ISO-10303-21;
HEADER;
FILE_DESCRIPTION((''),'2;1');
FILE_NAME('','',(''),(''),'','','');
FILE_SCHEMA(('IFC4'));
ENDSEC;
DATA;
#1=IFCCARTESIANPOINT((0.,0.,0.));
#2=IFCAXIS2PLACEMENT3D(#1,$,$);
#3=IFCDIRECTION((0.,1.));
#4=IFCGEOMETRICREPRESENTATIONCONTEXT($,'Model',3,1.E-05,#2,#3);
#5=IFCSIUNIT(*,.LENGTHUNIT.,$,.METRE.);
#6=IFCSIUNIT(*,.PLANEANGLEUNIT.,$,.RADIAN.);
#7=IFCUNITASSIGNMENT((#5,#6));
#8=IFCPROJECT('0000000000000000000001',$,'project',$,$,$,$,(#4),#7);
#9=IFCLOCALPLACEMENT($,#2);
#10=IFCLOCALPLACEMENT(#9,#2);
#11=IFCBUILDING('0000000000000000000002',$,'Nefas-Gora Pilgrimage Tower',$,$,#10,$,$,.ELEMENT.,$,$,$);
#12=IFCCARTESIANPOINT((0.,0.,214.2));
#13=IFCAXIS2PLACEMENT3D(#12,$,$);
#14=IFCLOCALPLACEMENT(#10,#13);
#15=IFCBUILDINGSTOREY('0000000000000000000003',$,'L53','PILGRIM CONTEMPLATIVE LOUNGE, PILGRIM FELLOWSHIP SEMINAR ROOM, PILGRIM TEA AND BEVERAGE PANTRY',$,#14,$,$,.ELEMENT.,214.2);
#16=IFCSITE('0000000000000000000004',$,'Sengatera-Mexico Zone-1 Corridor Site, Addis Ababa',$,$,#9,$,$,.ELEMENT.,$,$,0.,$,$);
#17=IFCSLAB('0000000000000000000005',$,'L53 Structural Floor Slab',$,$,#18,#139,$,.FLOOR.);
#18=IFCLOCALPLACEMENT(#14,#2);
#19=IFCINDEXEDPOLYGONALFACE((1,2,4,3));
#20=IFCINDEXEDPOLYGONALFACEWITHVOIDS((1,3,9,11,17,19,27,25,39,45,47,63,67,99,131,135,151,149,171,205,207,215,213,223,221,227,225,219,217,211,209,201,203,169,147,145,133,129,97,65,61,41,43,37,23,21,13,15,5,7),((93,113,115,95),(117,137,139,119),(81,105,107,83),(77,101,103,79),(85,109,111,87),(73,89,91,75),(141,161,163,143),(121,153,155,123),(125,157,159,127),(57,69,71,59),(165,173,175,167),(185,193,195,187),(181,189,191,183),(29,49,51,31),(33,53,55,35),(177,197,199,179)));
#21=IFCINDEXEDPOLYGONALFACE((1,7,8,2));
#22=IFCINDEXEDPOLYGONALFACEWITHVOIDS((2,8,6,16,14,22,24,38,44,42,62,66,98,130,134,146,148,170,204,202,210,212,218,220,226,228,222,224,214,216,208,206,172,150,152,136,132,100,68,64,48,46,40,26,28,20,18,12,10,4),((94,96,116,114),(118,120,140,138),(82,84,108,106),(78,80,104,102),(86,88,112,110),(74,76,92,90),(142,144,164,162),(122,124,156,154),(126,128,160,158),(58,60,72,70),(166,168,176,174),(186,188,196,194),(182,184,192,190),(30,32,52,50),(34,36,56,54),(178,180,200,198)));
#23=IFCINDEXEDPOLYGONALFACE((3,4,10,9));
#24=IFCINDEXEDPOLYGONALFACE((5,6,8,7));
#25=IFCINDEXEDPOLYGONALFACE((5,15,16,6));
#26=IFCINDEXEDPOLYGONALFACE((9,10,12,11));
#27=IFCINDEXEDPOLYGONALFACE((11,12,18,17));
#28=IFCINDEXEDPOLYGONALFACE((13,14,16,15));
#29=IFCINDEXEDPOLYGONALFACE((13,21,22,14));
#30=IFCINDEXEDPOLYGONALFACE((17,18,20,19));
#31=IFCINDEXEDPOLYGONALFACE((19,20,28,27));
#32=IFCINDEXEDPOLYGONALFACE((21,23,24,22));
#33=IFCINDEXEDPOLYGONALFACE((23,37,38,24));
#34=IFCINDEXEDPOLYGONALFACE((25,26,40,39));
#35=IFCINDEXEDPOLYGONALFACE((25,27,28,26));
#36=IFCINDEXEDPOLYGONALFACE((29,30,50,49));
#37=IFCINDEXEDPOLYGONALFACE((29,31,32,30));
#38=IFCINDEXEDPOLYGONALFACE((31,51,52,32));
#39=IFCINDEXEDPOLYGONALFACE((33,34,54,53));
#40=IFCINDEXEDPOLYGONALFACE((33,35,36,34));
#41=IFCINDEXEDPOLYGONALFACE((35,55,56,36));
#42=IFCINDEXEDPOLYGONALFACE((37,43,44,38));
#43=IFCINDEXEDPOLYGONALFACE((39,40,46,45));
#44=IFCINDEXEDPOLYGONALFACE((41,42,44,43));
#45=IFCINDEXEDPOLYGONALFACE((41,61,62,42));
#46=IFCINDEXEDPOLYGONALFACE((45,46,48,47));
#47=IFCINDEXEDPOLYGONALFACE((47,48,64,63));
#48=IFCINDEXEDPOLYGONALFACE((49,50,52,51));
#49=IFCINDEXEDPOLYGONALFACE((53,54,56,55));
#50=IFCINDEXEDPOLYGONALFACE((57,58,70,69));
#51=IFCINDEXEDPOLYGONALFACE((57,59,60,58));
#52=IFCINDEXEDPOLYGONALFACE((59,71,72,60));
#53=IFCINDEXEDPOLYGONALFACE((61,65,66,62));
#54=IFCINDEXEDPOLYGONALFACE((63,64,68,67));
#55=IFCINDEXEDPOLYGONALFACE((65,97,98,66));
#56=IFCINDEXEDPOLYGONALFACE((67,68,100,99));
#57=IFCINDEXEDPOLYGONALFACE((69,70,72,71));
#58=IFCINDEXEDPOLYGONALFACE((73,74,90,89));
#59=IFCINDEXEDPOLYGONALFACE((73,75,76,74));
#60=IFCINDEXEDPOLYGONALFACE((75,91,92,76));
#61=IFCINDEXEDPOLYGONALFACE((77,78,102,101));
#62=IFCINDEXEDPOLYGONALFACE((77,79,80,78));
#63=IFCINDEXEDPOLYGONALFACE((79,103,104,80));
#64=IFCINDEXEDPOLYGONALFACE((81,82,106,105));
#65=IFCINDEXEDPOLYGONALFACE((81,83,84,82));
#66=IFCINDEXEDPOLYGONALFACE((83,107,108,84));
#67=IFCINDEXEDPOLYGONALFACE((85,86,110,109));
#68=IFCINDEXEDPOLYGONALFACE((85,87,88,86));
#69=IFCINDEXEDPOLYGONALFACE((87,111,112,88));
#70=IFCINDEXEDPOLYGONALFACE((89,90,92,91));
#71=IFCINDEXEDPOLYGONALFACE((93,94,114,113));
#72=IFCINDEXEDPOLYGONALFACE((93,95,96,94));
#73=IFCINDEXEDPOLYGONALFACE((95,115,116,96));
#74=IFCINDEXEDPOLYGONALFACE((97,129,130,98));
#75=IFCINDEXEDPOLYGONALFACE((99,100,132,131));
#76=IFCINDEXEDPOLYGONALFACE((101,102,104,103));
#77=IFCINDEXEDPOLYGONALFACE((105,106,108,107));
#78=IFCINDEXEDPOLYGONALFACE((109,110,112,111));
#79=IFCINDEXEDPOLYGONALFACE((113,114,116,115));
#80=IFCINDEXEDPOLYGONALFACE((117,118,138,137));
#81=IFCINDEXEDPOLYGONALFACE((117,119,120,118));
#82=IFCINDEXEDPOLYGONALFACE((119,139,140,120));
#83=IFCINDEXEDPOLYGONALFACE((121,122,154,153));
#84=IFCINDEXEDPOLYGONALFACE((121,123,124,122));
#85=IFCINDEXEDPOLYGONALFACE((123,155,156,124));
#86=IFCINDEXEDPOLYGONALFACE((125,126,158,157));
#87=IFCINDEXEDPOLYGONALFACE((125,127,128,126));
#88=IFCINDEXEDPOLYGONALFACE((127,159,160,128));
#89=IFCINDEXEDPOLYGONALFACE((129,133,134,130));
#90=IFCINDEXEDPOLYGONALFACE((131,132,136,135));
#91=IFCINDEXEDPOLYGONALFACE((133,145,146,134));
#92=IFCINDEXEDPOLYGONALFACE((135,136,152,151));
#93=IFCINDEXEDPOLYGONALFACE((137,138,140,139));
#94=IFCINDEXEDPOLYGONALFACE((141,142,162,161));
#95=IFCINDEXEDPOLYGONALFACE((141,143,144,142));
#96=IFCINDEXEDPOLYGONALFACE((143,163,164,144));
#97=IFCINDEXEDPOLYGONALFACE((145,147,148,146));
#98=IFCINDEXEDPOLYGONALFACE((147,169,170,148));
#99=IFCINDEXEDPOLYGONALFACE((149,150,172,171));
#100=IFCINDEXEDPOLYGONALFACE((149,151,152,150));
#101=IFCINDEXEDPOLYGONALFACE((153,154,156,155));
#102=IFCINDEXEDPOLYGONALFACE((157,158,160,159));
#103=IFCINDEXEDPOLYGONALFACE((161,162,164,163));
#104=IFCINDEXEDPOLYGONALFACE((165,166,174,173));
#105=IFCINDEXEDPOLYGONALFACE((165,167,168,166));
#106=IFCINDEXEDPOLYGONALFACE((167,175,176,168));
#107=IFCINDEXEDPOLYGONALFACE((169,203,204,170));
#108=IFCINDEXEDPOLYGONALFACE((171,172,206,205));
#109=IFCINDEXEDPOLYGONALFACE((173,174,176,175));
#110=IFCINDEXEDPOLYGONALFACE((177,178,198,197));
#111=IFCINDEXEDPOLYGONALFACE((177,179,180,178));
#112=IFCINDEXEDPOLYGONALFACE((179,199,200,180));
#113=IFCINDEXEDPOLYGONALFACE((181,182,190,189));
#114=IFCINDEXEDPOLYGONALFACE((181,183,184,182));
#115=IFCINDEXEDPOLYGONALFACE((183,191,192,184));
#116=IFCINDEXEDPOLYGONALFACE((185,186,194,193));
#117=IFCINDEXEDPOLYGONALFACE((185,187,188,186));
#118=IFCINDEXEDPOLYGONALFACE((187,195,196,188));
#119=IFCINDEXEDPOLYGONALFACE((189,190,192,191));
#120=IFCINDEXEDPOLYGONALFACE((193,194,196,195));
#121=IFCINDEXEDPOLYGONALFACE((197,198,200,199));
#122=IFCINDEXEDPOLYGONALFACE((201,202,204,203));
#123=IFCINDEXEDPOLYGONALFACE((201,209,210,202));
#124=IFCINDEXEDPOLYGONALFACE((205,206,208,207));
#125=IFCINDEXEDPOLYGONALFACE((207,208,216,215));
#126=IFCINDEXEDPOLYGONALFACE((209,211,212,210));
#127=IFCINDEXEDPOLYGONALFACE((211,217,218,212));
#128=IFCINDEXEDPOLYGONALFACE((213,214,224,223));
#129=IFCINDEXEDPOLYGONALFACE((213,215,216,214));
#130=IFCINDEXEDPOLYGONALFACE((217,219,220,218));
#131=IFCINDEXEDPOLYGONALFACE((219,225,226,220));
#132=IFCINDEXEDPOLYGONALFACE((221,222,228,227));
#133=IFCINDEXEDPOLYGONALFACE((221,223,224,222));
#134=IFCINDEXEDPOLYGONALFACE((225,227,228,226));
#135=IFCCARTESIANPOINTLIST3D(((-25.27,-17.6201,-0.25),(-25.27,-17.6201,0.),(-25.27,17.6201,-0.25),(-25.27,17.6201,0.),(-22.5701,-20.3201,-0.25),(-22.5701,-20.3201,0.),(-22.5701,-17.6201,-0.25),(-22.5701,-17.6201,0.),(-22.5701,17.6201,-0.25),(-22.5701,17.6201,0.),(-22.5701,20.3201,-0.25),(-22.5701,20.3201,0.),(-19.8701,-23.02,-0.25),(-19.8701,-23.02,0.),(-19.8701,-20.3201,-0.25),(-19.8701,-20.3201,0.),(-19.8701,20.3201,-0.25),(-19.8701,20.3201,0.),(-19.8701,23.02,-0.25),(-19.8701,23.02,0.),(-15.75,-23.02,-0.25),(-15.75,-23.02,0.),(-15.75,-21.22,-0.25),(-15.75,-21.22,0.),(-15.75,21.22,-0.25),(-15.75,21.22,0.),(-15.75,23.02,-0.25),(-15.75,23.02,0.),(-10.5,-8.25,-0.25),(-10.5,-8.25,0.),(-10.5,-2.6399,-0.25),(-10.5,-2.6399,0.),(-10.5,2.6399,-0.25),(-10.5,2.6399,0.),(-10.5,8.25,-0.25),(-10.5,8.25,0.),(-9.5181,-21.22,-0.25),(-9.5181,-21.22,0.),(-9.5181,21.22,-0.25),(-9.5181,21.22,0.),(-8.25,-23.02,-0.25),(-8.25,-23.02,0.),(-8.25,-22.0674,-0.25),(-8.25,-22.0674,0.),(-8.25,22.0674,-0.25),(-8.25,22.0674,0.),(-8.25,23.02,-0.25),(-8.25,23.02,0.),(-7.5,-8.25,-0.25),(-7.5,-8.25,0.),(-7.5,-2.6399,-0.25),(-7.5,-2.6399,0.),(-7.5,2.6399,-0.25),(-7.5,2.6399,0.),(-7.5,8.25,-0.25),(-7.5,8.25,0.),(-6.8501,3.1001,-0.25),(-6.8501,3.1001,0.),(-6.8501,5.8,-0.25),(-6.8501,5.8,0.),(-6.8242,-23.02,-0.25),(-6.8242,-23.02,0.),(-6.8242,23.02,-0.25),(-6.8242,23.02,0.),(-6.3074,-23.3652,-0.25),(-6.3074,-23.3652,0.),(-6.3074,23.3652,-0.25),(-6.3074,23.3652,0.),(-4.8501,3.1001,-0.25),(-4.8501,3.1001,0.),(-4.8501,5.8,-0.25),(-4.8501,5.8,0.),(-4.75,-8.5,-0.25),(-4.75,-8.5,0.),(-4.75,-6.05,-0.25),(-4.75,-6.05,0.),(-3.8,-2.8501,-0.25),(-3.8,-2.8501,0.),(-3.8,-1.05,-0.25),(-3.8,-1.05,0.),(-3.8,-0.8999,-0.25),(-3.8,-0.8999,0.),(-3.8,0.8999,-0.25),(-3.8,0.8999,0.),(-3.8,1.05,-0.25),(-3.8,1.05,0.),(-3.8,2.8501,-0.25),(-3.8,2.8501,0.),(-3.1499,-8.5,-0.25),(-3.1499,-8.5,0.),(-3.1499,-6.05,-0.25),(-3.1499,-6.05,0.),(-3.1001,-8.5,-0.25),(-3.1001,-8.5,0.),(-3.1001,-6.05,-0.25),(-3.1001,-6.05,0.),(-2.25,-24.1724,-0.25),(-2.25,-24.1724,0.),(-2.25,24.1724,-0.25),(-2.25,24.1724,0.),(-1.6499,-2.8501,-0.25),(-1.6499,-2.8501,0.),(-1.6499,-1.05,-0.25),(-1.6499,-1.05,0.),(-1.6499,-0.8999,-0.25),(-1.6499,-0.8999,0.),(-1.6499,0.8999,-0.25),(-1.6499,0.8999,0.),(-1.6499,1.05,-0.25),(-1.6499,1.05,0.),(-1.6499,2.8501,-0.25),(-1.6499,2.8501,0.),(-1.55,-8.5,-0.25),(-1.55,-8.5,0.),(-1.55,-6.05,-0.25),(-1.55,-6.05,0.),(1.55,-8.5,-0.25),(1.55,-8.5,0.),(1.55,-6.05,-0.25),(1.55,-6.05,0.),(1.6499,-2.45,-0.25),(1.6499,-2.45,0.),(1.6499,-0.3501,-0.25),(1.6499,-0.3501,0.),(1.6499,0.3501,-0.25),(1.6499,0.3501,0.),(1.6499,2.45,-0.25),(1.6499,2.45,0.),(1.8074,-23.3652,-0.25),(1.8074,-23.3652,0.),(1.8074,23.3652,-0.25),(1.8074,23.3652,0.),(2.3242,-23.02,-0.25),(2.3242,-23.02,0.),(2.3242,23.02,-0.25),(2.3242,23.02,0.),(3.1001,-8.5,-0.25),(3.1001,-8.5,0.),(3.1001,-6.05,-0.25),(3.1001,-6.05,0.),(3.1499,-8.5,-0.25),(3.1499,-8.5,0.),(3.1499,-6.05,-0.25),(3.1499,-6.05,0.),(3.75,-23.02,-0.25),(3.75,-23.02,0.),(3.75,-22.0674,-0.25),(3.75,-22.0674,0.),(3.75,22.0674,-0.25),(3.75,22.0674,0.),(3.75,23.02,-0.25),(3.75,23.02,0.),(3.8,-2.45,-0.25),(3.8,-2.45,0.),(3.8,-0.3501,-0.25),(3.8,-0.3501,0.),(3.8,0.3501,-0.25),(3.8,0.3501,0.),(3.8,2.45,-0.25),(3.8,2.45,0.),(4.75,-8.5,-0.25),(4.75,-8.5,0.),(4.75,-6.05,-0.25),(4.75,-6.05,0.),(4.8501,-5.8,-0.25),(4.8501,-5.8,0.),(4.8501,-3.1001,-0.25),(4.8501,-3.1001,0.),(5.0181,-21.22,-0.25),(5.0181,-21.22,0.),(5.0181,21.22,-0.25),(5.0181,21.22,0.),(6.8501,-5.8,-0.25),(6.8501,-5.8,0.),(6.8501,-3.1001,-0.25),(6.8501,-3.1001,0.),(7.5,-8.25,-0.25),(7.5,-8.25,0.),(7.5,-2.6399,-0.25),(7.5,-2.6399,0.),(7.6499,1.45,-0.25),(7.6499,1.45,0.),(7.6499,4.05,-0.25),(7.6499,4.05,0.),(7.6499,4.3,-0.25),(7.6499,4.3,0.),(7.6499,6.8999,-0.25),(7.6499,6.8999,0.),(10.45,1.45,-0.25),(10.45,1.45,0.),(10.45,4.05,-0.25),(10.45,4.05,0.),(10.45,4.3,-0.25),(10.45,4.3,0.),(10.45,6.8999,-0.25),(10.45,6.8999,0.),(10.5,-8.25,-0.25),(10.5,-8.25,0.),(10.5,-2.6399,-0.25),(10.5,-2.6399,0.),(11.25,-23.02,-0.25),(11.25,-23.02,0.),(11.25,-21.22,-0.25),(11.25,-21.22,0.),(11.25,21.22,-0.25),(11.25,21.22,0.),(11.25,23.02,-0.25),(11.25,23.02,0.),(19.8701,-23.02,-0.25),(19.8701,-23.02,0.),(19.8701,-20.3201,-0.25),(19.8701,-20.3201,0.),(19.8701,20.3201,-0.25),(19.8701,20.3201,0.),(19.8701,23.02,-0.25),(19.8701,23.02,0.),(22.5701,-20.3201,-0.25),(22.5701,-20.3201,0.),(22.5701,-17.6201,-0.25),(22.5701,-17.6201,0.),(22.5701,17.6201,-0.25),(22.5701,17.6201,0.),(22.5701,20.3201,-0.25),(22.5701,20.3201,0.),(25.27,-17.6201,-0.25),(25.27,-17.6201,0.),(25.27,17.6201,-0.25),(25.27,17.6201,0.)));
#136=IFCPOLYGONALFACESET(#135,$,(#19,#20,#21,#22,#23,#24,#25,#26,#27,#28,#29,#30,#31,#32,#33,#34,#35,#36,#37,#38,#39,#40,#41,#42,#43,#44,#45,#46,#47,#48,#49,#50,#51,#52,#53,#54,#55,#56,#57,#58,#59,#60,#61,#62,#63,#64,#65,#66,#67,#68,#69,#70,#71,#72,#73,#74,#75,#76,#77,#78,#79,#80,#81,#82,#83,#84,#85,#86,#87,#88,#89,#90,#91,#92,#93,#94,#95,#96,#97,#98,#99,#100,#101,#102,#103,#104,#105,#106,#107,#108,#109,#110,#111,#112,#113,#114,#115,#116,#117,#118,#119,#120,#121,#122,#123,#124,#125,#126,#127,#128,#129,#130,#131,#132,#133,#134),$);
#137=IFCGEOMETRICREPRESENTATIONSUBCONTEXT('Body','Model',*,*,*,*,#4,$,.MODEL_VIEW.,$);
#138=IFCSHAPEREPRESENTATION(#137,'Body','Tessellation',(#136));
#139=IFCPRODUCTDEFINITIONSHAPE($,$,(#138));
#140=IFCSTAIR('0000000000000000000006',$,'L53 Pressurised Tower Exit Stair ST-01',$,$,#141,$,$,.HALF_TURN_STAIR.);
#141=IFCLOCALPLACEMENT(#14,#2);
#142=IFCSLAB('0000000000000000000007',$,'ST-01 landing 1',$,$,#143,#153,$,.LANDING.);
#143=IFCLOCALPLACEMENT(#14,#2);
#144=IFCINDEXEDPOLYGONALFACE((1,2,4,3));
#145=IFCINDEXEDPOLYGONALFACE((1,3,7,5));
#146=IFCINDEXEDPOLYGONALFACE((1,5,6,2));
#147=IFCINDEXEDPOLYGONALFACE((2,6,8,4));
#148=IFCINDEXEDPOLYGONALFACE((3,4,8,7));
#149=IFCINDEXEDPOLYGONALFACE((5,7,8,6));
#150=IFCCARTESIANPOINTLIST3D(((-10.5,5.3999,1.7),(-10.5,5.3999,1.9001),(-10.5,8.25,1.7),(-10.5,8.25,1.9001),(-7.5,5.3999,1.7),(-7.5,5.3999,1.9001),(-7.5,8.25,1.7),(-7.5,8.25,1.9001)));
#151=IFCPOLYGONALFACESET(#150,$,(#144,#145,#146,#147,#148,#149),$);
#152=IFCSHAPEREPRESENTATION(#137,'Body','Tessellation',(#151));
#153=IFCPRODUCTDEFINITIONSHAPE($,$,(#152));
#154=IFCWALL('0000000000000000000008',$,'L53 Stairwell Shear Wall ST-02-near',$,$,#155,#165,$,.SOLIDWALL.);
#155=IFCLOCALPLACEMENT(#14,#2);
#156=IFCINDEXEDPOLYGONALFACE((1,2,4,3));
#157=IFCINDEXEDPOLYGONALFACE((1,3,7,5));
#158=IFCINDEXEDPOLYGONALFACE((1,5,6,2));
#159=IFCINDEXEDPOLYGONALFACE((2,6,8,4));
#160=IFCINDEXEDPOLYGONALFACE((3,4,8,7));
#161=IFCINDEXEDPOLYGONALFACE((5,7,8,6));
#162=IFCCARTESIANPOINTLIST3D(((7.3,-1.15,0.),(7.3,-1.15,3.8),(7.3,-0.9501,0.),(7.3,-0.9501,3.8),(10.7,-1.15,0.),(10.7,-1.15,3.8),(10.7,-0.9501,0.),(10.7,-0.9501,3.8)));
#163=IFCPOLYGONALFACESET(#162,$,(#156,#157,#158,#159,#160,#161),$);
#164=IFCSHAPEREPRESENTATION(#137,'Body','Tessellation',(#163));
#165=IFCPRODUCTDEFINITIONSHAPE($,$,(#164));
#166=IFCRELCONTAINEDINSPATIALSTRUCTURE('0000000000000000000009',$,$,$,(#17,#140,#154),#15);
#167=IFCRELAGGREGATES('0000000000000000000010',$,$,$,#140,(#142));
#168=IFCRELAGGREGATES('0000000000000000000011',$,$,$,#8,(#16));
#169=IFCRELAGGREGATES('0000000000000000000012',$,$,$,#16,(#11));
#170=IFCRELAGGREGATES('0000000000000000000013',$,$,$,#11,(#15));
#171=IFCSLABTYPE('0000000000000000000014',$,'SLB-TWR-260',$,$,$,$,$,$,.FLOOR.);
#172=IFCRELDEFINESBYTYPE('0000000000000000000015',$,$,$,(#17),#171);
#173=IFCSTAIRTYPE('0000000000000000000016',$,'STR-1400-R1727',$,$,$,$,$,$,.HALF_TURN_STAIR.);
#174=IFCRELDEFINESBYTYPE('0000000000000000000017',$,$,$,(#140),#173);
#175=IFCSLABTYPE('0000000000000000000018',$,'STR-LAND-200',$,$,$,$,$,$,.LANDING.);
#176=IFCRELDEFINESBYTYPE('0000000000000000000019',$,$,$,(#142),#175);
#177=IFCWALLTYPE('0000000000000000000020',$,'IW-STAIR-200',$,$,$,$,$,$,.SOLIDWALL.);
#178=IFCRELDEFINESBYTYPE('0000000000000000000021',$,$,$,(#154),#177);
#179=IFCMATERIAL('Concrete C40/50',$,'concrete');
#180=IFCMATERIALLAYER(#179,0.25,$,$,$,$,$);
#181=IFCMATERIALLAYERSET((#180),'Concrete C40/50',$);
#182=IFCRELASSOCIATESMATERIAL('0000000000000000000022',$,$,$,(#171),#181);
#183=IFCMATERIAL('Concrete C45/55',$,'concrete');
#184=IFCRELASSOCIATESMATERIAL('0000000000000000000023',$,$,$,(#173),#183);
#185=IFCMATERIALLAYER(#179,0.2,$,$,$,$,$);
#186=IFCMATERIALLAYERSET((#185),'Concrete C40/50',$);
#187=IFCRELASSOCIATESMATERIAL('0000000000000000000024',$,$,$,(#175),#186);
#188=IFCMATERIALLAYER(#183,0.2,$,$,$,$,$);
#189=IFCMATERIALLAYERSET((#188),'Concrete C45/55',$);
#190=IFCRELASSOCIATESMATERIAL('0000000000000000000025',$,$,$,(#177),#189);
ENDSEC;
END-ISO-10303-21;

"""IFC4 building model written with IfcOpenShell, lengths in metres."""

from ifc_helpers import new_model, si_unit, direction, frame, frame_2d, origin, place, context, subcontext, project, spatial, polyline, rectangle, outline, extrude, source, transform, mapped, material, layer, layer_set, type_object, element, aggregate, save


model = new_model("IFC4")

# Units and contexts
model_context = context("Model", 3, precision=1e-05, world=origin(), true_north=direction((0.0, 1.0)))
body_context = subcontext(model_context, "Body", "Model", "MODEL_VIEW")
ifc_project = project(units=[si_unit("LENGTHUNIT", "METRE"), si_unit("PLANEANGLEUNIT", "RADIAN")], contexts=[model_context])

# Site, building, storey
site_placement = place(None, origin())
site = spatial("IfcSite", under=ifc_project, at=site_placement, Name="Sengatera-Mexico Zone-1 Corridor Site, Addis Ababa", CompositionType="ELEMENT", RefElevation=0.0)
building_placement = place(site_placement, origin())
building = spatial("IfcBuilding", under=site, at=building_placement, Name="Nefas-Gora Pilgrimage Tower", CompositionType="ELEMENT")
storey_placement = place(building_placement, frame((0.0, 0.0, 214.2)))
storey = spatial("IfcBuildingStorey", under=building, at=storey_placement, Name="L53", Description="PILGRIM CONTEMPLATIVE LOUNGE, PILGRIM FELLOWSHIP SEMINAR ROOM, PILGRIM TEA AND BEVERAGE PANTRY", CompositionType="ELEMENT", Elevation=214.2)

# Slab
ifc_material_1 = material(Name="Concrete C40/50", Category="concrete")
ifc_layer_1 = layer(ifc_material_1, 0.25)
ifc_layer_set_1 = layer_set([ifc_layer_1], Name="Concrete C40/50")
slab_type_1 = type_object("IfcSlabType", Name="SLB-TWR-260", PredefinedType="FLOOR", material=ifc_layer_set_1)
slab_1_placement = place(storey_placement, frame((0.0, 0.0, -0.25)))
element("IfcSlab", 1, at=slab_1_placement, inside=storey, type_object=slab_type_1, Name="L53 Structural Floor Slab", PredefinedType="FLOOR", context=body_context, shape_type="SweptSolid", body=[
    extrude(outline(polyline([(5.0181, -21.22), (11.25, -21.22), (11.25, -23.02), (19.8701, -23.02), (19.8701, -20.3201), (22.5701, -20.3201), (22.5701, -17.6201), (25.27, -17.6201), (25.27, 17.6201), (22.5701, 17.6201), (22.5701, 20.3201), (19.8701, 20.3201), (19.8701, 23.02), (11.25, 23.02), (11.25, 21.22), (5.0181, 21.22), (3.75, 22.0674), (3.75, 23.02), (2.3242, 23.02), (1.8074, 23.3652), (-2.25, 24.1724), (-6.3074, 23.3652), (-6.8242, 23.02), (-8.25, 23.02), (-8.25, 22.0674), (-9.5181, 21.22), (-15.75, 21.22), (-15.75, 23.02), (-19.8701, 23.02), (-19.8701, 20.3201), (-22.5701, 20.3201), (-22.5701, 17.6201), (-25.27, 17.6201), (-25.27, -17.6201), (-22.5701, -17.6201), (-22.5701, -20.3201), (-19.8701, -20.3201), (-19.8701, -23.02), (-15.75, -23.02), (-15.75, -21.22), (-9.5181, -21.22), (-8.25, -22.0674), (-8.25, -23.02), (-6.8242, -23.02), (-6.3074, -23.3652), (-2.25, -24.1724), (1.8074, -23.3652), (2.3242, -23.02), (3.75, -23.02), (3.75, -22.0674), (5.0181, -21.22)]), holes=[polyline([(-10.5, 2.6399), (-10.5, 8.25), (-7.5, 8.25), (-7.5, 2.6399), (-10.5, 2.6399)]), polyline([(10.5, -2.6399), (10.5, -8.25), (7.5, -8.25), (7.5, -2.6399), (10.5, -2.6399)]), polyline([(-7.5, -2.6399), (-7.5, -8.25), (-10.5, -8.25), (-10.5, -2.6399), (-7.5, -2.6399)]), polyline([(-6.8501, 5.8), (-4.8501, 5.8), (-4.8501, 3.1001), (-6.8501, 3.1001), (-6.8501, 5.8)]), polyline([(4.8501, -3.1001), (6.8501, -3.1001), (6.8501, -5.8), (4.8501, -5.8), (4.8501, -3.1001)]), polyline([(7.6499, 4.05), (10.45, 4.05), (10.45, 1.45), (7.6499, 1.45), (7.6499, 4.05)]), polyline([(7.6499, 6.8999), (10.45, 6.8999), (10.45, 4.3), (7.6499, 4.3), (7.6499, 6.8999)]), polyline([(-4.75, -6.05), (-3.1499, -6.05), (-3.1499, -8.5), (-4.75, -8.5), (-4.75, -6.05)]), polyline([(-3.1001, -6.05), (-1.55, -6.05), (-1.55, -8.5), (-3.1001, -8.5), (-3.1001, -6.05)]), polyline([(1.55, -6.05), (3.1001, -6.05), (3.1001, -8.5), (1.55, -8.5), (1.55, -6.05)]), polyline([(3.1499, -6.05), (4.75, -6.05), (4.75, -8.5), (3.1499, -8.5), (3.1499, -6.05)]), polyline([(-3.8, -1.05), (-1.6499, -1.05), (-1.6499, -2.8501), (-3.8, -2.8501), (-3.8, -1.05)]), polyline([(-3.8, 0.8999), (-1.6499, 0.8999), (-1.6499, -0.8999), (-3.8, -0.8999), (-3.8, 0.8999)]), polyline([(-3.8, 2.8501), (-1.6499, 2.8501), (-1.6499, 1.05), (-3.8, 1.05), (-3.8, 2.8501)]), polyline([(1.6499, -0.3501), (3.8, -0.3501), (3.8, -2.45), (1.6499, -2.45), (1.6499, -0.3501)]), polyline([(1.6499, 2.45), (3.8, 2.45), (3.8, 0.3501), (1.6499, 0.3501), (1.6499, 2.45)])]), origin(), (0.0, 0.0, 1.0), 0.25),
])

# Stair, slab
ifc_material_2 = material(Name="Concrete C45/55", Category="concrete")
stair_type = type_object("IfcStairType", Name="STR-1400-R1727", PredefinedType="HALF_TURN_STAIR", material=ifc_material_2)
stair_1_placement = place(storey_placement, origin())
stair_1 = element("IfcStair", 2, at=stair_1_placement, inside=storey, type_object=stair_type, Name="L53 Pressurised Tower Exit Stair ST-01", PredefinedType="HALF_TURN_STAIR")
ifc_layer_2 = layer(ifc_material_1, 0.2)
ifc_layer_set_2 = layer_set([ifc_layer_2], Name="Concrete C40/50")
slab_type_2 = type_object("IfcSlabType", Name="STR-LAND-200", PredefinedType="LANDING", material=ifc_layer_set_2)
slab_2_placement = place(storey_placement, frame((0.0, 0.0, 1.7)))
slab_2 = element("IfcSlab", 3, at=slab_2_placement, type_object=slab_type_2, Name="ST-01 landing 1", PredefinedType="LANDING", context=body_context, shape_type="SweptSolid", body=[
    extrude(outline(polyline([(-7.5, 5.3999), (-7.5, 8.25), (-10.5, 8.25), (-10.5, 5.3999), (-7.5, 5.3999)])), origin(), (0.0, 0.0, 1.0), 0.2002),
])
aggregate(stair_1, [slab_2])

# Wall
ifc_layer_3 = layer(ifc_material_2, 0.2)
ifc_layer_set_3 = layer_set([ifc_layer_3], Name="Concrete C45/55")
wall_type_1 = type_object("IfcWallType", Name="IW-STAIR-200", PredefinedType="SOLIDWALL", material=ifc_layer_set_3)
shared_shape_1 = source(origin(), body_context, "Body", "SweptSolid", [
    extrude(rectangle(XDim=3.3999, YDim=0.2, at=frame_2d((1.7, 0.0))), origin(), (0.0, 0.0, 1.0), 3.8),
])
wall_1_placement = place(storey_placement, frame((7.3, -1.05, 0.0), z_axis=(0.0, 0.0, 1.0), x_axis=(1.0, 0.0, 0.0)))
element("IfcWall", 4, at=wall_1_placement, inside=storey, type_object=wall_type_1, Name="L53 Stairwell Shear Wall ST-02-near", PredefinedType="SOLIDWALL", context=body_context, shape_type="MappedRepresentation", body=[
    mapped(shared_shape_1, transform((0.0, 0.0, 0.0), x_axis=(1.0, 0.0, 0.0), y_axis=(0.0, 1.0, 0.0), z_axis=(0.0, 0.0, 1.0), scale=1.0)),
])

save(model, "model.ifc")
